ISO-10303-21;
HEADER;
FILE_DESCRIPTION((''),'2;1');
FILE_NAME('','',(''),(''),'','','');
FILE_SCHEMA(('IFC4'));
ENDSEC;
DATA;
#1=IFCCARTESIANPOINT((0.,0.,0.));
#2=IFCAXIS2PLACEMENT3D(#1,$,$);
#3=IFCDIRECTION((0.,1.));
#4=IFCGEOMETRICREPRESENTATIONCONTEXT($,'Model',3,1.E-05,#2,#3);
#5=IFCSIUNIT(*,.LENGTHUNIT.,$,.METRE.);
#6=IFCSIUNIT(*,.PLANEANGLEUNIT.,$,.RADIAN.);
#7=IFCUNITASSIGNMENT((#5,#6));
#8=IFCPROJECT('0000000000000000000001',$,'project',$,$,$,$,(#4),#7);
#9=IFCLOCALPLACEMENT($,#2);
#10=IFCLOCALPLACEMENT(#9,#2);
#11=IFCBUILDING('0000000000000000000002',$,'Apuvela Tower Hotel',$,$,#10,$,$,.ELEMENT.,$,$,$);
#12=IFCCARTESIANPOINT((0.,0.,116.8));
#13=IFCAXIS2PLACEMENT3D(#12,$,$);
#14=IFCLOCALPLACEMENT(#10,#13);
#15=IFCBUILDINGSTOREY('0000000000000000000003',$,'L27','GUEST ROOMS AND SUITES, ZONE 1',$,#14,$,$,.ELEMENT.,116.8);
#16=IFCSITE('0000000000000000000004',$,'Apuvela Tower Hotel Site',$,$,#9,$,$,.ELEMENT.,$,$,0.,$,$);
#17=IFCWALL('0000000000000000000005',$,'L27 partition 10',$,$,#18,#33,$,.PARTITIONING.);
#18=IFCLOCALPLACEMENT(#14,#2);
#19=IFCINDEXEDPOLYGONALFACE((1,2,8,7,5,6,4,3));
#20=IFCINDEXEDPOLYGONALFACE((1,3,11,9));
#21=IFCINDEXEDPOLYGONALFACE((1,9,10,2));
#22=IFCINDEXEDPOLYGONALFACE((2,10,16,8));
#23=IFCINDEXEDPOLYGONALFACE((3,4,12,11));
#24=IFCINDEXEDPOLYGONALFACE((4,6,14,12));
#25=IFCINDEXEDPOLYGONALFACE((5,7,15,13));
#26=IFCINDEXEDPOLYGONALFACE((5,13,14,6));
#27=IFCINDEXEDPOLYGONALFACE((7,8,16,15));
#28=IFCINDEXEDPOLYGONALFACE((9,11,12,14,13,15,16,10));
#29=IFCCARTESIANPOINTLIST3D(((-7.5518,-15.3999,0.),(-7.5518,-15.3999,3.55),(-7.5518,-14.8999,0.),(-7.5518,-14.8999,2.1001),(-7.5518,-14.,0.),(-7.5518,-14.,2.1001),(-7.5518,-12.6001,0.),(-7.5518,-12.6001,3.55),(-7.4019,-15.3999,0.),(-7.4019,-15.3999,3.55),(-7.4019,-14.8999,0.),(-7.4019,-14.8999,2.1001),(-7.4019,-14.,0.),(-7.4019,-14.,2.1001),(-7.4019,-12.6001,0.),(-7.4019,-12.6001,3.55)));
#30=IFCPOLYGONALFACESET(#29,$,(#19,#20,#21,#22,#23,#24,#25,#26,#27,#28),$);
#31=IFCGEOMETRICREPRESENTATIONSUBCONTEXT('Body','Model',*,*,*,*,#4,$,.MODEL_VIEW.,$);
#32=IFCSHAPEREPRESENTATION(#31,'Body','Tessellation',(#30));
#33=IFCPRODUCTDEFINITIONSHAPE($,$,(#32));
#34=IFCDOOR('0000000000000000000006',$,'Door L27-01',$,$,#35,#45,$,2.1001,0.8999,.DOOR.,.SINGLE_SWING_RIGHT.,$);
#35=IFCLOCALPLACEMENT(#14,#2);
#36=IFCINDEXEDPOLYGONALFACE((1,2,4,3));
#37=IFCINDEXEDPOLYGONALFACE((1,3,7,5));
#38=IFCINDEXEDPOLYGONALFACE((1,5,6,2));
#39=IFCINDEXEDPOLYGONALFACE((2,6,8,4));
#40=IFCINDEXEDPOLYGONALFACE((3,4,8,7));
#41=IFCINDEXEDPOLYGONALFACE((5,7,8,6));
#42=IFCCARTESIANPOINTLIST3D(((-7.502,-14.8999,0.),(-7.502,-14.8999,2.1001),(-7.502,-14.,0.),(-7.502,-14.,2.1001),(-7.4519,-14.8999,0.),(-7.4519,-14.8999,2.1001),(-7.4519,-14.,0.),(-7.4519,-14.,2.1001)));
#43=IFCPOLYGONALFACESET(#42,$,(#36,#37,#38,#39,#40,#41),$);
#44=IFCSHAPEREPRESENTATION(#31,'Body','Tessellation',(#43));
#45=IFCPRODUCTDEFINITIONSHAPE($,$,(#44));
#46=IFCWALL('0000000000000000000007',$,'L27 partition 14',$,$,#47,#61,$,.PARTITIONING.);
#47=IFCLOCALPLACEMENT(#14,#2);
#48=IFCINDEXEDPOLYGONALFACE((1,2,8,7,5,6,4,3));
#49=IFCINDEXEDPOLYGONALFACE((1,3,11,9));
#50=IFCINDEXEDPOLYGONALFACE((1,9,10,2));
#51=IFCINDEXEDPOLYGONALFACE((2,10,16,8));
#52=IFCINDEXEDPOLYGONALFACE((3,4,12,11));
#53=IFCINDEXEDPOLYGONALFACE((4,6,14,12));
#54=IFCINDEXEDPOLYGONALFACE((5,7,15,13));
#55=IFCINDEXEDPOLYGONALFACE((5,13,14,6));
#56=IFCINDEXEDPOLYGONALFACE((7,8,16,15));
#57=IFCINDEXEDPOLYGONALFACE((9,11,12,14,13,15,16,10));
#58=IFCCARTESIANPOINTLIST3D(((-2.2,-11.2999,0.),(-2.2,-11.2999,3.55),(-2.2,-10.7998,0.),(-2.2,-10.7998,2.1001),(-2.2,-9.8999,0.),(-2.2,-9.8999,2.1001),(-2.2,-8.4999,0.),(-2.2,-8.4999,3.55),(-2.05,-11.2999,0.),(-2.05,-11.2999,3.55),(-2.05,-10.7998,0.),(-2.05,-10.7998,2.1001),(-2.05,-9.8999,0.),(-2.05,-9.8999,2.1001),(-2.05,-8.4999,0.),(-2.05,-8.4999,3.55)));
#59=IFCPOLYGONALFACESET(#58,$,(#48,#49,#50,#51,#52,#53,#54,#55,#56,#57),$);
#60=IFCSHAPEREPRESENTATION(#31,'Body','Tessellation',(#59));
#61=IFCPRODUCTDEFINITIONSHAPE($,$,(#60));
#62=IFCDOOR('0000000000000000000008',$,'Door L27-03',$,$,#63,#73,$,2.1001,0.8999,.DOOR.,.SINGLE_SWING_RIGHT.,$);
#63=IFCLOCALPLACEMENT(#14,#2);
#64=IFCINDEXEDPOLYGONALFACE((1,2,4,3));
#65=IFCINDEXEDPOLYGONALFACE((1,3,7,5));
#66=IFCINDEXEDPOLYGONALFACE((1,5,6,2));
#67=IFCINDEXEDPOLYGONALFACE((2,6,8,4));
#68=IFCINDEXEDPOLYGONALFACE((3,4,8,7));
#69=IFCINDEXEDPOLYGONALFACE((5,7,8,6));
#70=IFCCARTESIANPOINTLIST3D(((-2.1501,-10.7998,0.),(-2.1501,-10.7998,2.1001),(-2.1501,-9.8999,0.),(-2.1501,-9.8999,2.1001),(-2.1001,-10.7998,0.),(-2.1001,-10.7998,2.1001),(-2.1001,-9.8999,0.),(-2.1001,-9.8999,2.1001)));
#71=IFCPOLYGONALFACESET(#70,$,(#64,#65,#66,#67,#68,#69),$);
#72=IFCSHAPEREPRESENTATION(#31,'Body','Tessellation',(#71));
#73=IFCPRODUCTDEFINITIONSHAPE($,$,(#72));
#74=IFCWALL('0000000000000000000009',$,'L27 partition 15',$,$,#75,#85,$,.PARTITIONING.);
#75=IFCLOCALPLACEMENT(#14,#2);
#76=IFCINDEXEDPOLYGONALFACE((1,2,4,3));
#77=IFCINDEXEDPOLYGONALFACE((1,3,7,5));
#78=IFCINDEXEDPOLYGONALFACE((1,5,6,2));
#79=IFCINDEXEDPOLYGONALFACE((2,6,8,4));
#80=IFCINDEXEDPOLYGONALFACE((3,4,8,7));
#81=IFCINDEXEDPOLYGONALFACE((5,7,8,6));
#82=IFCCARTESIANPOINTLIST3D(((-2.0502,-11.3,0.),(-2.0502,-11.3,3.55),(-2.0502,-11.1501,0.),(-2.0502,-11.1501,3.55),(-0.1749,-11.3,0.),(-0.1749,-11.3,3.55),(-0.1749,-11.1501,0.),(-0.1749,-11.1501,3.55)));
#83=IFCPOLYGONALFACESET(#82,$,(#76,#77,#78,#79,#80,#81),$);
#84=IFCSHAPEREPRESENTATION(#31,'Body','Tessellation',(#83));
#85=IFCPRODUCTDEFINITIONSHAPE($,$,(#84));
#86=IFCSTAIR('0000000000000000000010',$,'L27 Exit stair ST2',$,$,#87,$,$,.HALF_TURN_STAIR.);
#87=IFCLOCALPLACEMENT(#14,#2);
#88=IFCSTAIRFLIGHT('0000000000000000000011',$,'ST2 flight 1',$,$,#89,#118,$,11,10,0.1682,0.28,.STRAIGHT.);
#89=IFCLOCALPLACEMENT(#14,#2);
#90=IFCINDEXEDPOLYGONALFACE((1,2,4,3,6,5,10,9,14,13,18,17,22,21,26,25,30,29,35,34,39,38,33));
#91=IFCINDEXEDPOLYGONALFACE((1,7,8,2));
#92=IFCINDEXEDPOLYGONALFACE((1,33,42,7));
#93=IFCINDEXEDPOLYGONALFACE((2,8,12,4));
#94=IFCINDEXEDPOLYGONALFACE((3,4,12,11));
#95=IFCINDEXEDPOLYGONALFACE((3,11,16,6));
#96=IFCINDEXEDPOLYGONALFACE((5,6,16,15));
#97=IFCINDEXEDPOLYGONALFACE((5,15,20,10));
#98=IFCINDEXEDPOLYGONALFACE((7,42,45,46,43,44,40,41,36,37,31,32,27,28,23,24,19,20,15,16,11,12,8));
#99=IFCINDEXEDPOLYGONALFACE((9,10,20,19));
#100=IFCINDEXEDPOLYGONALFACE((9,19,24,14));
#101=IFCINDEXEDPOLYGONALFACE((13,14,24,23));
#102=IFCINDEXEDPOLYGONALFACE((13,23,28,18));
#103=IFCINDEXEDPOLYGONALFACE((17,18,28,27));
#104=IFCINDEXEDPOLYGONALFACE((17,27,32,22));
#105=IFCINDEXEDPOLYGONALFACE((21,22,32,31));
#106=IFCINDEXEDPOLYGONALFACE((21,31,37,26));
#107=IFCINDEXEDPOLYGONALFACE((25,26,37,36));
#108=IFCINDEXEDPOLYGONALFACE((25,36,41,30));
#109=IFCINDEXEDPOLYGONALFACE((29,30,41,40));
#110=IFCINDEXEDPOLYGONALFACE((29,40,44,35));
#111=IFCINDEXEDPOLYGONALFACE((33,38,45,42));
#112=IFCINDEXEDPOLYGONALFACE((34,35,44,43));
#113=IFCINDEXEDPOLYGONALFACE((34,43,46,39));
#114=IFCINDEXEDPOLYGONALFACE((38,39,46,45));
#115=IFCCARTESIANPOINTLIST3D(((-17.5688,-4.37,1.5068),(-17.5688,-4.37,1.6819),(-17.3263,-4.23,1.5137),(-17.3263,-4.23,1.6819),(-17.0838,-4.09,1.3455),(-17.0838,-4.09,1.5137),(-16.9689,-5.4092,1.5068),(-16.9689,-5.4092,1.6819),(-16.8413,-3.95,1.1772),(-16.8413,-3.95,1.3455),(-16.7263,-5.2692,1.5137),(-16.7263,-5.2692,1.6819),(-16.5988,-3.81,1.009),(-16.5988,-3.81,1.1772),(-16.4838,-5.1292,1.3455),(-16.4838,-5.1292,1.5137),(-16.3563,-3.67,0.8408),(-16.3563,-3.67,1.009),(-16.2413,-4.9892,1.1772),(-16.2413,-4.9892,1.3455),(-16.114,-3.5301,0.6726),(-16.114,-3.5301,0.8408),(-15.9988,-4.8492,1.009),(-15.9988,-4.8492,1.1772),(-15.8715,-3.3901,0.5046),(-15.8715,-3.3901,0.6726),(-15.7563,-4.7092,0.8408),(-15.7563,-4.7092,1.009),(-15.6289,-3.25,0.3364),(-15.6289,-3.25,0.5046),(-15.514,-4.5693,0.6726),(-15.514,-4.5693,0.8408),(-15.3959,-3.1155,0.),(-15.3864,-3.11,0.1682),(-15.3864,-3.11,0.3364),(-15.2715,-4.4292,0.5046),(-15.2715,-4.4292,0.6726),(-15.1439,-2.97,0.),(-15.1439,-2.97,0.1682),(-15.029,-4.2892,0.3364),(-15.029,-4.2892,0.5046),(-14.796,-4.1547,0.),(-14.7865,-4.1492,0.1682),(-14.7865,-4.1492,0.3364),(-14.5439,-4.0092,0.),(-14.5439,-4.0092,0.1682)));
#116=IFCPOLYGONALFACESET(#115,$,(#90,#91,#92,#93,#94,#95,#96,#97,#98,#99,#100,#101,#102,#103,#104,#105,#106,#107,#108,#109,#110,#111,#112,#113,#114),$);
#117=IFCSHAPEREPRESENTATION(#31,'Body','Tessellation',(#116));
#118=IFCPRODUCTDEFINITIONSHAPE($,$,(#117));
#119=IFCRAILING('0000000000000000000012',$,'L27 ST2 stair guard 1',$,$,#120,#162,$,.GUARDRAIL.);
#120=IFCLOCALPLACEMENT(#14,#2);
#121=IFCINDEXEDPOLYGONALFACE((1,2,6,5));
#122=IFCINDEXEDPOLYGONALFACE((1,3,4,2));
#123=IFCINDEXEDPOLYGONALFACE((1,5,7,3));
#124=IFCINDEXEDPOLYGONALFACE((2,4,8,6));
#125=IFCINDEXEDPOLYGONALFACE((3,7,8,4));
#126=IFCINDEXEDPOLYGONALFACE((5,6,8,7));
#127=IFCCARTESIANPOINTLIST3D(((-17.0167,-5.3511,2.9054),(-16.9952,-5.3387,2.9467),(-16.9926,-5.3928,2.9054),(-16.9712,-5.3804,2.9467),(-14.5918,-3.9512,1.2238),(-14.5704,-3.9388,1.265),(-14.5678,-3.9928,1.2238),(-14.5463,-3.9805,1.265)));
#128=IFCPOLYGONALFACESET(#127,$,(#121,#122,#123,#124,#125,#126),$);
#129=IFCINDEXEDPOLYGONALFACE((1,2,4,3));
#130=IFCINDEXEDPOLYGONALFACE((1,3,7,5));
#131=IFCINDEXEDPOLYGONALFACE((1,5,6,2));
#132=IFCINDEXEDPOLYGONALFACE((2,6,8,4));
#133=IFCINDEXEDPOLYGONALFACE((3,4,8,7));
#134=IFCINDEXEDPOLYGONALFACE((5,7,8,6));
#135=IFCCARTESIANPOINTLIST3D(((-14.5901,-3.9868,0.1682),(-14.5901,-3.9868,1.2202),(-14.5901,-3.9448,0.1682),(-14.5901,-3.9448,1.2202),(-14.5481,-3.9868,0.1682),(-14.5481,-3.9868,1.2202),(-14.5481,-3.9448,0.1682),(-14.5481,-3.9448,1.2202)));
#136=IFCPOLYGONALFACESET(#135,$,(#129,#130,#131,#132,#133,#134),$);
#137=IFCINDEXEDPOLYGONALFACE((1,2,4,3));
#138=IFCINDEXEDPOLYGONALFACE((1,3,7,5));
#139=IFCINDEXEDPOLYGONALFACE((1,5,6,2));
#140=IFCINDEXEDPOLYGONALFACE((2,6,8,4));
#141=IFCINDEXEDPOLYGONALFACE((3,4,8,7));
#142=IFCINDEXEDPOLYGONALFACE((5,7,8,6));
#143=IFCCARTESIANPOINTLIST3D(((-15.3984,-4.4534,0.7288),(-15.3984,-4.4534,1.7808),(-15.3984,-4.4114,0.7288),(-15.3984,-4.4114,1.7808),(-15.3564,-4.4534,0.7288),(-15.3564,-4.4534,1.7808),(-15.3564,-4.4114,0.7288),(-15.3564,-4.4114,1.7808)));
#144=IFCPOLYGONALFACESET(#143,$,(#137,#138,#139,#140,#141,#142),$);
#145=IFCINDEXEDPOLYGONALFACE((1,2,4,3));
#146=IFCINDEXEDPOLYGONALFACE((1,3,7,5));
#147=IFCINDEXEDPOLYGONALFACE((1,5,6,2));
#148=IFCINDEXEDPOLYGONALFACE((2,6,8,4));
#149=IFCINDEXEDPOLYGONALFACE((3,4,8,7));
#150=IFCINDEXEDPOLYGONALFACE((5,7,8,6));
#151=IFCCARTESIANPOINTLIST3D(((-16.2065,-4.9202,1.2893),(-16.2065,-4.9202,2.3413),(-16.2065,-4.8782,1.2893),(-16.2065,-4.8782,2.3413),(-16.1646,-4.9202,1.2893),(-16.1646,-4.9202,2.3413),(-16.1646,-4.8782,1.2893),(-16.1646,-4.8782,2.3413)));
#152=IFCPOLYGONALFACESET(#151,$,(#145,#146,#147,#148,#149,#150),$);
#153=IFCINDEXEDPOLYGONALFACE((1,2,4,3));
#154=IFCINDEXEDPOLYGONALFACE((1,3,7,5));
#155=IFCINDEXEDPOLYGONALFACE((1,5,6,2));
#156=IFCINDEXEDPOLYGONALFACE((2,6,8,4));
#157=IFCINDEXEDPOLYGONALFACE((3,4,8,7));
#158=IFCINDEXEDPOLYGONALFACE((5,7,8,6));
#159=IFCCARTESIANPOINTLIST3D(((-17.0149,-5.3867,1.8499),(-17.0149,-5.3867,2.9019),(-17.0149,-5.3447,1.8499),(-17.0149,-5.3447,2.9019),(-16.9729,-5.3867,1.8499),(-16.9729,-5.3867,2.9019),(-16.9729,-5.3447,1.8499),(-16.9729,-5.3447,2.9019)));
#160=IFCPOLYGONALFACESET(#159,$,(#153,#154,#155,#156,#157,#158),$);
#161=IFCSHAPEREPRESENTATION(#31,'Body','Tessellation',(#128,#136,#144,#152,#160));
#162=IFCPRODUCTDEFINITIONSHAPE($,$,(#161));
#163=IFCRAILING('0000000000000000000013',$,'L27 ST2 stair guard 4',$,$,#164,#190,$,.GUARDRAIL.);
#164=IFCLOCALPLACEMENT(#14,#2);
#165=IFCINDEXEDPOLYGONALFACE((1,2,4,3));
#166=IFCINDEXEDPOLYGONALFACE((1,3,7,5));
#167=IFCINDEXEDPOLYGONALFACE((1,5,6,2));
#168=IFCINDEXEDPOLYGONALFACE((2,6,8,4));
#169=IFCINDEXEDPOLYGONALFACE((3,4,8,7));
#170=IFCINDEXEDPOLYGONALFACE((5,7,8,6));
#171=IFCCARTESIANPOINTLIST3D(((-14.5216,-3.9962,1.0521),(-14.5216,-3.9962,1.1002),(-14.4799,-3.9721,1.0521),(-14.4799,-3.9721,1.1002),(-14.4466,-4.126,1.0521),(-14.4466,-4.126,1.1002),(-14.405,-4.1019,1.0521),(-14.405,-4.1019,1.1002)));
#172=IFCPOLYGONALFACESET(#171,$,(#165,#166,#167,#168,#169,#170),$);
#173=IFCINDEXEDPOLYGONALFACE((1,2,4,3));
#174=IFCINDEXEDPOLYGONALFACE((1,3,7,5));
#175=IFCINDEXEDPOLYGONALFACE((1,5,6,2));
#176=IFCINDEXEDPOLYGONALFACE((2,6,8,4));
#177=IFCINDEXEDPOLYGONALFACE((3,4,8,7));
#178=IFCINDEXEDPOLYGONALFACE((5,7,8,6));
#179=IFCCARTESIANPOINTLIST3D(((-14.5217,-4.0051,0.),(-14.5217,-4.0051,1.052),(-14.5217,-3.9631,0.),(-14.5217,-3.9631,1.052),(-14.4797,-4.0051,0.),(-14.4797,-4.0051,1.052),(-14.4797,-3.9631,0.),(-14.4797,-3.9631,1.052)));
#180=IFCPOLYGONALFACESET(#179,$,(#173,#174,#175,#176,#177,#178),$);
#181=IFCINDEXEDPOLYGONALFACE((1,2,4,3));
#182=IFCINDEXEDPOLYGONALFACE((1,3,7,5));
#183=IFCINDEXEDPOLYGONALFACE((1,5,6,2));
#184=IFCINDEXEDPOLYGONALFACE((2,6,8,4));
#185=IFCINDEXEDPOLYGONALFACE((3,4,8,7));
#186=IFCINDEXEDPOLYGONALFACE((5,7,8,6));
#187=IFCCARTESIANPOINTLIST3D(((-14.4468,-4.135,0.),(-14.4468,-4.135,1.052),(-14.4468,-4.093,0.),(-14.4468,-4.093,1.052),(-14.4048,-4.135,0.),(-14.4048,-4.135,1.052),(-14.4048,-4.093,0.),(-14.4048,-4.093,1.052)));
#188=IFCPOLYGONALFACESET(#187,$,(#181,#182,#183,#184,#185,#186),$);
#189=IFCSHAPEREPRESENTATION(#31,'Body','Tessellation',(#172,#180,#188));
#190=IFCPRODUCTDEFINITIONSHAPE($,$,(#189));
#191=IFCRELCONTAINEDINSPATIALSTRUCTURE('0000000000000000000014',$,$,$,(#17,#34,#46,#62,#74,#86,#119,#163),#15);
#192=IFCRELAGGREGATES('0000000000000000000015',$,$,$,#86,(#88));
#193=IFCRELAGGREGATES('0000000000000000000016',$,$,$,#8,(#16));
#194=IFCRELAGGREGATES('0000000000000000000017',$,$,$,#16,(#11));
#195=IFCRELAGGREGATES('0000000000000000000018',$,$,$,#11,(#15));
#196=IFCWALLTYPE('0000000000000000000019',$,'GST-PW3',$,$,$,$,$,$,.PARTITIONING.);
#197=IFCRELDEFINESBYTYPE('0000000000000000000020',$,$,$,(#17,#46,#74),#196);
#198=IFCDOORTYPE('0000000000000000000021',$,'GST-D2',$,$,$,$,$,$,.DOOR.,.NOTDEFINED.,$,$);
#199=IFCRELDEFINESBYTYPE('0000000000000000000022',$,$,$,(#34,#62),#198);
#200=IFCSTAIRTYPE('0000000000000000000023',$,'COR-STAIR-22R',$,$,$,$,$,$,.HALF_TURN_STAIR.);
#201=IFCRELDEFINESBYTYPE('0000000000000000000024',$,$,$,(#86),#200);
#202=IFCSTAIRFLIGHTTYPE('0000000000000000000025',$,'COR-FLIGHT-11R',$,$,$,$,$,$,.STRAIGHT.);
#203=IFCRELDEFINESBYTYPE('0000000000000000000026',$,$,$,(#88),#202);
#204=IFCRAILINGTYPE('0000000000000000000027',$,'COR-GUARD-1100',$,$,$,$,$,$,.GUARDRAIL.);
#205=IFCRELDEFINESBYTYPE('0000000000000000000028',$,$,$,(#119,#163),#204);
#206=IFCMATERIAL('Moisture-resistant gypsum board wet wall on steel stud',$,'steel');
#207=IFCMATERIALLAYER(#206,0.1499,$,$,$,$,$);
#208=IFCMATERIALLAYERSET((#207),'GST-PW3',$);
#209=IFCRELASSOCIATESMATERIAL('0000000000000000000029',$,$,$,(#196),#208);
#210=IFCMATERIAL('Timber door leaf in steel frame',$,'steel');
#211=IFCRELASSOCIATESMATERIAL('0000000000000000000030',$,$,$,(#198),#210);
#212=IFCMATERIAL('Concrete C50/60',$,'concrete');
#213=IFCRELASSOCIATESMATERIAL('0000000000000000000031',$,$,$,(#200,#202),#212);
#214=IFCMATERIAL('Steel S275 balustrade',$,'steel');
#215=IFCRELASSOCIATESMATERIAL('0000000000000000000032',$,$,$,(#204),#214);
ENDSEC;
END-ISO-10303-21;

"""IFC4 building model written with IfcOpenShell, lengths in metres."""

from ifc_helpers import new_model, si_unit, direction, frame, frame_2d, origin, origin_2d, place, context, subcontext, project, spatial, polyline, rectangle, outline, extrude, material, layer, layer_set, type_object, element, fill, aggregate, save


model = new_model("IFC4")

# Units and contexts
model_context = context("Model", 3, precision=1e-05, world=origin(), true_north=direction((0.0, 1.0)))
body_context = subcontext(model_context, "Body", "Model", "MODEL_VIEW")
ifc_project = project(units=[si_unit("LENGTHUNIT", "METRE"), si_unit("PLANEANGLEUNIT", "RADIAN")], contexts=[model_context])

# Site, building, storey
site_placement = place(None, origin())
site = spatial("IfcSite", under=ifc_project, at=site_placement, Name="Apuvela Tower Hotel Site", CompositionType="ELEMENT", RefElevation=0.0)
building_placement = place(site_placement, origin())
building = spatial("IfcBuilding", under=site, at=building_placement, Name="Apuvela Tower Hotel", CompositionType="ELEMENT")
storey_placement = place(building_placement, frame((0.0, 0.0, 116.8)))
storey = spatial("IfcBuildingStorey", under=building, at=storey_placement, Name="L27", Description="GUEST ROOMS AND SUITES, ZONE 1", CompositionType="ELEMENT", Elevation=116.8)

# Shared definitions
ifc_material_1 = material(Name="Concrete C50/60", Category="concrete")

# Walls, openings, doors
ifc_material_2 = material(Name="Timber door leaf in steel frame", Category="steel")
ifc_material_3 = material(Name="Moisture-resistant gypsum board wet wall on steel stud", Category="steel")
ifc_layer_1 = layer(ifc_material_3, 0.1499)
ifc_layer_set_1 = layer_set([ifc_layer_1], Name="GST-PW3")
wall_type_1 = type_object("IfcWallType", Name="GST-PW3", PredefinedType="PARTITIONING", material=ifc_layer_set_1)
wall_1_placement = place(storey_placement, frame((-7.4768, -12.6001, 0.0), z_axis=(0.0, 0.0, 1.0), x_axis=(0.0, -1.0, 0.0)))
wall_1 = element("IfcWall", 1, at=wall_1_placement, inside=storey, type_object=wall_type_1, Name="L27 partition 10", PredefinedType="PARTITIONING", context=body_context, shape_type="SweptSolid", body=[
    extrude(rectangle(XDim=2.7998, YDim=0.1499, at=frame_2d((1.3999, 0.0))), origin(), (0.0, 0.0, 1.0), 3.55),
])
opening_1_placement = place(wall_1_placement, frame((1.3999, 0.0, 0.0)))
opening_1 = element("IfcOpeningElement", 2, at=opening_1_placement, cuts=wall_1, PredefinedType="OPENING", context=body_context, shape_type="SweptSolid", body=[
    extrude(rectangle(XDim=0.8999, YDim=2.1001, at=frame_2d((0.45, 1.05))), frame((0.0, 0.085, 0.0), z_axis=(0.0, -1.0, 0.0), x_axis=(1.0, 0.0, 0.0)), (0.0, 0.0, 1.0), 0.1699),
])
door_type_1 = type_object("IfcDoorType", Name="GST-D2", OperationType="NOTDEFINED", PredefinedType="DOOR", material=ifc_material_2)
door_1_placement = place(opening_1_placement, origin())
door_1 = element("IfcDoor", 3, at=door_1_placement, inside=storey, type_object=door_type_1, Name="Door L27-01", OperationType="SINGLE_SWING_RIGHT", OverallHeight=2.1001, OverallWidth=0.8999, PredefinedType="DOOR", context=body_context, shape_type="SweptSolid", body=[
    extrude(rectangle(XDim=0.8999, YDim=2.1001, at=frame_2d((0.45, 1.05))), frame((0.0, 0.0249, 0.0), z_axis=(0.0, -1.0, 0.0), x_axis=(1.0, 0.0, 0.0)), (0.0, 0.0, 1.0), 0.05),
])
fill(opening_1, door_1)
wall_2_placement = place(storey_placement, frame((-2.125, -8.5, 0.0), z_axis=(0.0, 0.0, 1.0), x_axis=(0.0, -1.0, 0.0)))
wall_2 = element("IfcWall", 4, at=wall_2_placement, inside=storey, type_object=wall_type_1, Name="L27 partition 14", PredefinedType="PARTITIONING", context=body_context, shape_type="SweptSolid", body=[
    extrude(rectangle(XDim=2.8, YDim=0.1499, at=frame_2d((1.3999, 0.0))), origin(), (0.0, 0.0, 1.0), 3.55),
])
opening_2_placement = place(wall_2_placement, frame((1.3999, 0.0, 0.0)))
opening_2 = element("IfcOpeningElement", 5, at=opening_2_placement, cuts=wall_2, PredefinedType="OPENING", context=body_context, shape_type="SweptSolid", body=[
    extrude(rectangle(XDim=0.8999, YDim=2.1001, at=frame_2d((0.45, 1.05))), frame((0.0, 0.085, 0.0), z_axis=(0.0, -1.0, 0.0), x_axis=(1.0, 0.0, 0.0)), (0.0, 0.0, 1.0), 0.1699),
])
door_2_placement = place(opening_2_placement, origin())
door_2 = element("IfcDoor", 6, at=door_2_placement, inside=storey, type_object=door_type_1, Name="Door L27-03", OperationType="SINGLE_SWING_RIGHT", OverallHeight=2.1001, OverallWidth=0.8999, PredefinedType="DOOR", context=body_context, shape_type="SweptSolid", body=[
    extrude(rectangle(XDim=0.8999, YDim=2.1001, at=frame_2d((0.45, 1.05))), frame((0.0, 0.0249, 0.0), z_axis=(0.0, -1.0, 0.0), x_axis=(1.0, 0.0, 0.0)), (0.0, 0.0, 1.0), 0.05),
])
fill(opening_2, door_2)

# Wall
wall_3_placement = place(storey_placement, frame((-2.05, -11.2251, 0.0), z_axis=(0.0, 0.0, 1.0), x_axis=(1.0, 0.0, 0.0)))
element("IfcWall", 7, at=wall_3_placement, inside=storey, type_object=wall_type_1, Name="L27 partition 15", PredefinedType="PARTITIONING", context=body_context, shape_type="SweptSolid", body=[
    extrude(rectangle(XDim=1.8752, YDim=0.1499, at=frame_2d((0.9375, 0.0))), origin(), (0.0, 0.0, 1.0), 3.55),
])

# Stair, stair flight
stair_type = type_object("IfcStairType", Name="COR-STAIR-22R", PredefinedType="HALF_TURN_STAIR", material=ifc_material_1)
stair_placement = place(storey_placement, origin())
stair = element("IfcStair", 8, at=stair_placement, inside=storey, type_object=stair_type, Name="L27 Exit stair ST2", PredefinedType="HALF_TURN_STAIR")
stair_flight_type = type_object("IfcStairFlightType", Name="COR-FLIGHT-11R", PredefinedType="STRAIGHT", material=ifc_material_1)
stair_flight_placement = place(storey_placement, frame((-14.844, -3.4895, 0.0), z_axis=(0.0, 0.0, 1.0), x_axis=(-0.866025, -0.5, 0.0)))
stair_flight = element("IfcStairFlight", 9, at=stair_flight_placement, type_object=stair_flight_type, Name="ST2 flight 1", NumberOfRisers=11, NumberOfTreads=10, PredefinedType="STRAIGHT", RiserHeight=0.1682, TreadLength=0.28, context=body_context, shape_type="SweptSolid", body=[
    extrude(outline(polyline([(0.0, 0.0), (0.0, 0.1682), (0.28, 0.1682), (0.28, 0.3364), (0.5601, 0.3364), (0.5601, 0.5046), (0.8401, 0.5046), (0.8401, 0.6726), (1.1201, 0.6726), (1.1201, 0.8408), (1.3999, 0.8408), (1.3999, 1.009), (1.6799, 1.009), (1.6799, 1.1772), (1.96, 1.1772), (1.96, 1.3455), (2.24, 1.3455), (2.24, 1.5137), (2.52, 1.5137), (2.52, 1.6819), (2.8, 1.6819), (2.8, 1.8501), (2.8, 1.5068), (0.291, 0.0), (0.0, 0.0)])), frame((0.0, 0.6001, 0.0), z_axis=(0.0, -1.0, 0.0), x_axis=(1.0, 0.0, 0.0)), (0.0, 0.0, 1.0), 1.2),
])
aggregate(stair, [stair_flight])

# Railings
ifc_material_4 = material(Name="Steel S275 balustrade", Category="steel")
railing_type = type_object("IfcRailingType", Name="COR-GUARD-1100", PredefinedType="GUARDRAIL", material=ifc_material_4)
railing_1_placement = place(storey_placement, frame((-14.5691, -3.9658, 0.1682)))
element("IfcRailing", 10, at=railing_1_placement, inside=storey, type_object=railing_type, Name="L27 ST2 stair guard 1", PredefinedType="GUARDRAIL", context=body_context, shape_type="SweptSolid", body=[
    extrude(rectangle(XDim=0.0481, YDim=0.0481, at=origin_2d()), frame((0.0, 0.0, 1.0762), z_axis=(-0.742419, -0.428618, 0.514879), x_axis=(0.499984, -0.866035, 0.0)), (0.0, 0.0, 1.0), 3.2661),
    extrude(rectangle(XDim=0.042, YDim=0.042, at=origin_2d()), origin(), (0.0, 0.0, 1.0), 1.052),
    extrude(rectangle(XDim=0.042, YDim=0.042, at=origin_2d()), frame((-0.8083, -0.4666, 0.5605)), (0.0, 0.0, 1.0), 1.052),
    extrude(rectangle(XDim=0.042, YDim=0.042, at=origin_2d()), frame((-1.6165, -0.9333, 1.1211)), (0.0, 0.0, 1.0), 1.052),
    extrude(rectangle(XDim=0.042, YDim=0.042, at=origin_2d()), frame((-2.4248, -1.3999, 1.6816)), (0.0, 0.0, 1.0), 1.052),
])
railing_2_placement = place(storey_placement, frame((-14.5007, -3.9841, 0.0)))
element("IfcRailing", 11, at=railing_2_placement, inside=storey, type_object=railing_type, Name="L27 ST2 stair guard 4", PredefinedType="GUARDRAIL", context=body_context, shape_type="SweptSolid", body=[
    extrude(rectangle(XDim=0.0481, YDim=0.0481, at=origin_2d()), frame((0.0, 0.0, 1.0762), z_axis=(0.499816, -0.866131, 0.0), x_axis=(0.866131, 0.499816, 0.0)), (0.0, 0.0, 1.0), 0.1499),
    extrude(rectangle(XDim=0.042, YDim=0.042, at=origin_2d()), origin(), (0.0, 0.0, 1.0), 1.052),
    extrude(rectangle(XDim=0.042, YDim=0.042, at=origin_2d()), frame((0.075, -0.1299, 0.0)), (0.0, 0.0, 1.0), 1.052),
])

save(model, "model.ifc")
